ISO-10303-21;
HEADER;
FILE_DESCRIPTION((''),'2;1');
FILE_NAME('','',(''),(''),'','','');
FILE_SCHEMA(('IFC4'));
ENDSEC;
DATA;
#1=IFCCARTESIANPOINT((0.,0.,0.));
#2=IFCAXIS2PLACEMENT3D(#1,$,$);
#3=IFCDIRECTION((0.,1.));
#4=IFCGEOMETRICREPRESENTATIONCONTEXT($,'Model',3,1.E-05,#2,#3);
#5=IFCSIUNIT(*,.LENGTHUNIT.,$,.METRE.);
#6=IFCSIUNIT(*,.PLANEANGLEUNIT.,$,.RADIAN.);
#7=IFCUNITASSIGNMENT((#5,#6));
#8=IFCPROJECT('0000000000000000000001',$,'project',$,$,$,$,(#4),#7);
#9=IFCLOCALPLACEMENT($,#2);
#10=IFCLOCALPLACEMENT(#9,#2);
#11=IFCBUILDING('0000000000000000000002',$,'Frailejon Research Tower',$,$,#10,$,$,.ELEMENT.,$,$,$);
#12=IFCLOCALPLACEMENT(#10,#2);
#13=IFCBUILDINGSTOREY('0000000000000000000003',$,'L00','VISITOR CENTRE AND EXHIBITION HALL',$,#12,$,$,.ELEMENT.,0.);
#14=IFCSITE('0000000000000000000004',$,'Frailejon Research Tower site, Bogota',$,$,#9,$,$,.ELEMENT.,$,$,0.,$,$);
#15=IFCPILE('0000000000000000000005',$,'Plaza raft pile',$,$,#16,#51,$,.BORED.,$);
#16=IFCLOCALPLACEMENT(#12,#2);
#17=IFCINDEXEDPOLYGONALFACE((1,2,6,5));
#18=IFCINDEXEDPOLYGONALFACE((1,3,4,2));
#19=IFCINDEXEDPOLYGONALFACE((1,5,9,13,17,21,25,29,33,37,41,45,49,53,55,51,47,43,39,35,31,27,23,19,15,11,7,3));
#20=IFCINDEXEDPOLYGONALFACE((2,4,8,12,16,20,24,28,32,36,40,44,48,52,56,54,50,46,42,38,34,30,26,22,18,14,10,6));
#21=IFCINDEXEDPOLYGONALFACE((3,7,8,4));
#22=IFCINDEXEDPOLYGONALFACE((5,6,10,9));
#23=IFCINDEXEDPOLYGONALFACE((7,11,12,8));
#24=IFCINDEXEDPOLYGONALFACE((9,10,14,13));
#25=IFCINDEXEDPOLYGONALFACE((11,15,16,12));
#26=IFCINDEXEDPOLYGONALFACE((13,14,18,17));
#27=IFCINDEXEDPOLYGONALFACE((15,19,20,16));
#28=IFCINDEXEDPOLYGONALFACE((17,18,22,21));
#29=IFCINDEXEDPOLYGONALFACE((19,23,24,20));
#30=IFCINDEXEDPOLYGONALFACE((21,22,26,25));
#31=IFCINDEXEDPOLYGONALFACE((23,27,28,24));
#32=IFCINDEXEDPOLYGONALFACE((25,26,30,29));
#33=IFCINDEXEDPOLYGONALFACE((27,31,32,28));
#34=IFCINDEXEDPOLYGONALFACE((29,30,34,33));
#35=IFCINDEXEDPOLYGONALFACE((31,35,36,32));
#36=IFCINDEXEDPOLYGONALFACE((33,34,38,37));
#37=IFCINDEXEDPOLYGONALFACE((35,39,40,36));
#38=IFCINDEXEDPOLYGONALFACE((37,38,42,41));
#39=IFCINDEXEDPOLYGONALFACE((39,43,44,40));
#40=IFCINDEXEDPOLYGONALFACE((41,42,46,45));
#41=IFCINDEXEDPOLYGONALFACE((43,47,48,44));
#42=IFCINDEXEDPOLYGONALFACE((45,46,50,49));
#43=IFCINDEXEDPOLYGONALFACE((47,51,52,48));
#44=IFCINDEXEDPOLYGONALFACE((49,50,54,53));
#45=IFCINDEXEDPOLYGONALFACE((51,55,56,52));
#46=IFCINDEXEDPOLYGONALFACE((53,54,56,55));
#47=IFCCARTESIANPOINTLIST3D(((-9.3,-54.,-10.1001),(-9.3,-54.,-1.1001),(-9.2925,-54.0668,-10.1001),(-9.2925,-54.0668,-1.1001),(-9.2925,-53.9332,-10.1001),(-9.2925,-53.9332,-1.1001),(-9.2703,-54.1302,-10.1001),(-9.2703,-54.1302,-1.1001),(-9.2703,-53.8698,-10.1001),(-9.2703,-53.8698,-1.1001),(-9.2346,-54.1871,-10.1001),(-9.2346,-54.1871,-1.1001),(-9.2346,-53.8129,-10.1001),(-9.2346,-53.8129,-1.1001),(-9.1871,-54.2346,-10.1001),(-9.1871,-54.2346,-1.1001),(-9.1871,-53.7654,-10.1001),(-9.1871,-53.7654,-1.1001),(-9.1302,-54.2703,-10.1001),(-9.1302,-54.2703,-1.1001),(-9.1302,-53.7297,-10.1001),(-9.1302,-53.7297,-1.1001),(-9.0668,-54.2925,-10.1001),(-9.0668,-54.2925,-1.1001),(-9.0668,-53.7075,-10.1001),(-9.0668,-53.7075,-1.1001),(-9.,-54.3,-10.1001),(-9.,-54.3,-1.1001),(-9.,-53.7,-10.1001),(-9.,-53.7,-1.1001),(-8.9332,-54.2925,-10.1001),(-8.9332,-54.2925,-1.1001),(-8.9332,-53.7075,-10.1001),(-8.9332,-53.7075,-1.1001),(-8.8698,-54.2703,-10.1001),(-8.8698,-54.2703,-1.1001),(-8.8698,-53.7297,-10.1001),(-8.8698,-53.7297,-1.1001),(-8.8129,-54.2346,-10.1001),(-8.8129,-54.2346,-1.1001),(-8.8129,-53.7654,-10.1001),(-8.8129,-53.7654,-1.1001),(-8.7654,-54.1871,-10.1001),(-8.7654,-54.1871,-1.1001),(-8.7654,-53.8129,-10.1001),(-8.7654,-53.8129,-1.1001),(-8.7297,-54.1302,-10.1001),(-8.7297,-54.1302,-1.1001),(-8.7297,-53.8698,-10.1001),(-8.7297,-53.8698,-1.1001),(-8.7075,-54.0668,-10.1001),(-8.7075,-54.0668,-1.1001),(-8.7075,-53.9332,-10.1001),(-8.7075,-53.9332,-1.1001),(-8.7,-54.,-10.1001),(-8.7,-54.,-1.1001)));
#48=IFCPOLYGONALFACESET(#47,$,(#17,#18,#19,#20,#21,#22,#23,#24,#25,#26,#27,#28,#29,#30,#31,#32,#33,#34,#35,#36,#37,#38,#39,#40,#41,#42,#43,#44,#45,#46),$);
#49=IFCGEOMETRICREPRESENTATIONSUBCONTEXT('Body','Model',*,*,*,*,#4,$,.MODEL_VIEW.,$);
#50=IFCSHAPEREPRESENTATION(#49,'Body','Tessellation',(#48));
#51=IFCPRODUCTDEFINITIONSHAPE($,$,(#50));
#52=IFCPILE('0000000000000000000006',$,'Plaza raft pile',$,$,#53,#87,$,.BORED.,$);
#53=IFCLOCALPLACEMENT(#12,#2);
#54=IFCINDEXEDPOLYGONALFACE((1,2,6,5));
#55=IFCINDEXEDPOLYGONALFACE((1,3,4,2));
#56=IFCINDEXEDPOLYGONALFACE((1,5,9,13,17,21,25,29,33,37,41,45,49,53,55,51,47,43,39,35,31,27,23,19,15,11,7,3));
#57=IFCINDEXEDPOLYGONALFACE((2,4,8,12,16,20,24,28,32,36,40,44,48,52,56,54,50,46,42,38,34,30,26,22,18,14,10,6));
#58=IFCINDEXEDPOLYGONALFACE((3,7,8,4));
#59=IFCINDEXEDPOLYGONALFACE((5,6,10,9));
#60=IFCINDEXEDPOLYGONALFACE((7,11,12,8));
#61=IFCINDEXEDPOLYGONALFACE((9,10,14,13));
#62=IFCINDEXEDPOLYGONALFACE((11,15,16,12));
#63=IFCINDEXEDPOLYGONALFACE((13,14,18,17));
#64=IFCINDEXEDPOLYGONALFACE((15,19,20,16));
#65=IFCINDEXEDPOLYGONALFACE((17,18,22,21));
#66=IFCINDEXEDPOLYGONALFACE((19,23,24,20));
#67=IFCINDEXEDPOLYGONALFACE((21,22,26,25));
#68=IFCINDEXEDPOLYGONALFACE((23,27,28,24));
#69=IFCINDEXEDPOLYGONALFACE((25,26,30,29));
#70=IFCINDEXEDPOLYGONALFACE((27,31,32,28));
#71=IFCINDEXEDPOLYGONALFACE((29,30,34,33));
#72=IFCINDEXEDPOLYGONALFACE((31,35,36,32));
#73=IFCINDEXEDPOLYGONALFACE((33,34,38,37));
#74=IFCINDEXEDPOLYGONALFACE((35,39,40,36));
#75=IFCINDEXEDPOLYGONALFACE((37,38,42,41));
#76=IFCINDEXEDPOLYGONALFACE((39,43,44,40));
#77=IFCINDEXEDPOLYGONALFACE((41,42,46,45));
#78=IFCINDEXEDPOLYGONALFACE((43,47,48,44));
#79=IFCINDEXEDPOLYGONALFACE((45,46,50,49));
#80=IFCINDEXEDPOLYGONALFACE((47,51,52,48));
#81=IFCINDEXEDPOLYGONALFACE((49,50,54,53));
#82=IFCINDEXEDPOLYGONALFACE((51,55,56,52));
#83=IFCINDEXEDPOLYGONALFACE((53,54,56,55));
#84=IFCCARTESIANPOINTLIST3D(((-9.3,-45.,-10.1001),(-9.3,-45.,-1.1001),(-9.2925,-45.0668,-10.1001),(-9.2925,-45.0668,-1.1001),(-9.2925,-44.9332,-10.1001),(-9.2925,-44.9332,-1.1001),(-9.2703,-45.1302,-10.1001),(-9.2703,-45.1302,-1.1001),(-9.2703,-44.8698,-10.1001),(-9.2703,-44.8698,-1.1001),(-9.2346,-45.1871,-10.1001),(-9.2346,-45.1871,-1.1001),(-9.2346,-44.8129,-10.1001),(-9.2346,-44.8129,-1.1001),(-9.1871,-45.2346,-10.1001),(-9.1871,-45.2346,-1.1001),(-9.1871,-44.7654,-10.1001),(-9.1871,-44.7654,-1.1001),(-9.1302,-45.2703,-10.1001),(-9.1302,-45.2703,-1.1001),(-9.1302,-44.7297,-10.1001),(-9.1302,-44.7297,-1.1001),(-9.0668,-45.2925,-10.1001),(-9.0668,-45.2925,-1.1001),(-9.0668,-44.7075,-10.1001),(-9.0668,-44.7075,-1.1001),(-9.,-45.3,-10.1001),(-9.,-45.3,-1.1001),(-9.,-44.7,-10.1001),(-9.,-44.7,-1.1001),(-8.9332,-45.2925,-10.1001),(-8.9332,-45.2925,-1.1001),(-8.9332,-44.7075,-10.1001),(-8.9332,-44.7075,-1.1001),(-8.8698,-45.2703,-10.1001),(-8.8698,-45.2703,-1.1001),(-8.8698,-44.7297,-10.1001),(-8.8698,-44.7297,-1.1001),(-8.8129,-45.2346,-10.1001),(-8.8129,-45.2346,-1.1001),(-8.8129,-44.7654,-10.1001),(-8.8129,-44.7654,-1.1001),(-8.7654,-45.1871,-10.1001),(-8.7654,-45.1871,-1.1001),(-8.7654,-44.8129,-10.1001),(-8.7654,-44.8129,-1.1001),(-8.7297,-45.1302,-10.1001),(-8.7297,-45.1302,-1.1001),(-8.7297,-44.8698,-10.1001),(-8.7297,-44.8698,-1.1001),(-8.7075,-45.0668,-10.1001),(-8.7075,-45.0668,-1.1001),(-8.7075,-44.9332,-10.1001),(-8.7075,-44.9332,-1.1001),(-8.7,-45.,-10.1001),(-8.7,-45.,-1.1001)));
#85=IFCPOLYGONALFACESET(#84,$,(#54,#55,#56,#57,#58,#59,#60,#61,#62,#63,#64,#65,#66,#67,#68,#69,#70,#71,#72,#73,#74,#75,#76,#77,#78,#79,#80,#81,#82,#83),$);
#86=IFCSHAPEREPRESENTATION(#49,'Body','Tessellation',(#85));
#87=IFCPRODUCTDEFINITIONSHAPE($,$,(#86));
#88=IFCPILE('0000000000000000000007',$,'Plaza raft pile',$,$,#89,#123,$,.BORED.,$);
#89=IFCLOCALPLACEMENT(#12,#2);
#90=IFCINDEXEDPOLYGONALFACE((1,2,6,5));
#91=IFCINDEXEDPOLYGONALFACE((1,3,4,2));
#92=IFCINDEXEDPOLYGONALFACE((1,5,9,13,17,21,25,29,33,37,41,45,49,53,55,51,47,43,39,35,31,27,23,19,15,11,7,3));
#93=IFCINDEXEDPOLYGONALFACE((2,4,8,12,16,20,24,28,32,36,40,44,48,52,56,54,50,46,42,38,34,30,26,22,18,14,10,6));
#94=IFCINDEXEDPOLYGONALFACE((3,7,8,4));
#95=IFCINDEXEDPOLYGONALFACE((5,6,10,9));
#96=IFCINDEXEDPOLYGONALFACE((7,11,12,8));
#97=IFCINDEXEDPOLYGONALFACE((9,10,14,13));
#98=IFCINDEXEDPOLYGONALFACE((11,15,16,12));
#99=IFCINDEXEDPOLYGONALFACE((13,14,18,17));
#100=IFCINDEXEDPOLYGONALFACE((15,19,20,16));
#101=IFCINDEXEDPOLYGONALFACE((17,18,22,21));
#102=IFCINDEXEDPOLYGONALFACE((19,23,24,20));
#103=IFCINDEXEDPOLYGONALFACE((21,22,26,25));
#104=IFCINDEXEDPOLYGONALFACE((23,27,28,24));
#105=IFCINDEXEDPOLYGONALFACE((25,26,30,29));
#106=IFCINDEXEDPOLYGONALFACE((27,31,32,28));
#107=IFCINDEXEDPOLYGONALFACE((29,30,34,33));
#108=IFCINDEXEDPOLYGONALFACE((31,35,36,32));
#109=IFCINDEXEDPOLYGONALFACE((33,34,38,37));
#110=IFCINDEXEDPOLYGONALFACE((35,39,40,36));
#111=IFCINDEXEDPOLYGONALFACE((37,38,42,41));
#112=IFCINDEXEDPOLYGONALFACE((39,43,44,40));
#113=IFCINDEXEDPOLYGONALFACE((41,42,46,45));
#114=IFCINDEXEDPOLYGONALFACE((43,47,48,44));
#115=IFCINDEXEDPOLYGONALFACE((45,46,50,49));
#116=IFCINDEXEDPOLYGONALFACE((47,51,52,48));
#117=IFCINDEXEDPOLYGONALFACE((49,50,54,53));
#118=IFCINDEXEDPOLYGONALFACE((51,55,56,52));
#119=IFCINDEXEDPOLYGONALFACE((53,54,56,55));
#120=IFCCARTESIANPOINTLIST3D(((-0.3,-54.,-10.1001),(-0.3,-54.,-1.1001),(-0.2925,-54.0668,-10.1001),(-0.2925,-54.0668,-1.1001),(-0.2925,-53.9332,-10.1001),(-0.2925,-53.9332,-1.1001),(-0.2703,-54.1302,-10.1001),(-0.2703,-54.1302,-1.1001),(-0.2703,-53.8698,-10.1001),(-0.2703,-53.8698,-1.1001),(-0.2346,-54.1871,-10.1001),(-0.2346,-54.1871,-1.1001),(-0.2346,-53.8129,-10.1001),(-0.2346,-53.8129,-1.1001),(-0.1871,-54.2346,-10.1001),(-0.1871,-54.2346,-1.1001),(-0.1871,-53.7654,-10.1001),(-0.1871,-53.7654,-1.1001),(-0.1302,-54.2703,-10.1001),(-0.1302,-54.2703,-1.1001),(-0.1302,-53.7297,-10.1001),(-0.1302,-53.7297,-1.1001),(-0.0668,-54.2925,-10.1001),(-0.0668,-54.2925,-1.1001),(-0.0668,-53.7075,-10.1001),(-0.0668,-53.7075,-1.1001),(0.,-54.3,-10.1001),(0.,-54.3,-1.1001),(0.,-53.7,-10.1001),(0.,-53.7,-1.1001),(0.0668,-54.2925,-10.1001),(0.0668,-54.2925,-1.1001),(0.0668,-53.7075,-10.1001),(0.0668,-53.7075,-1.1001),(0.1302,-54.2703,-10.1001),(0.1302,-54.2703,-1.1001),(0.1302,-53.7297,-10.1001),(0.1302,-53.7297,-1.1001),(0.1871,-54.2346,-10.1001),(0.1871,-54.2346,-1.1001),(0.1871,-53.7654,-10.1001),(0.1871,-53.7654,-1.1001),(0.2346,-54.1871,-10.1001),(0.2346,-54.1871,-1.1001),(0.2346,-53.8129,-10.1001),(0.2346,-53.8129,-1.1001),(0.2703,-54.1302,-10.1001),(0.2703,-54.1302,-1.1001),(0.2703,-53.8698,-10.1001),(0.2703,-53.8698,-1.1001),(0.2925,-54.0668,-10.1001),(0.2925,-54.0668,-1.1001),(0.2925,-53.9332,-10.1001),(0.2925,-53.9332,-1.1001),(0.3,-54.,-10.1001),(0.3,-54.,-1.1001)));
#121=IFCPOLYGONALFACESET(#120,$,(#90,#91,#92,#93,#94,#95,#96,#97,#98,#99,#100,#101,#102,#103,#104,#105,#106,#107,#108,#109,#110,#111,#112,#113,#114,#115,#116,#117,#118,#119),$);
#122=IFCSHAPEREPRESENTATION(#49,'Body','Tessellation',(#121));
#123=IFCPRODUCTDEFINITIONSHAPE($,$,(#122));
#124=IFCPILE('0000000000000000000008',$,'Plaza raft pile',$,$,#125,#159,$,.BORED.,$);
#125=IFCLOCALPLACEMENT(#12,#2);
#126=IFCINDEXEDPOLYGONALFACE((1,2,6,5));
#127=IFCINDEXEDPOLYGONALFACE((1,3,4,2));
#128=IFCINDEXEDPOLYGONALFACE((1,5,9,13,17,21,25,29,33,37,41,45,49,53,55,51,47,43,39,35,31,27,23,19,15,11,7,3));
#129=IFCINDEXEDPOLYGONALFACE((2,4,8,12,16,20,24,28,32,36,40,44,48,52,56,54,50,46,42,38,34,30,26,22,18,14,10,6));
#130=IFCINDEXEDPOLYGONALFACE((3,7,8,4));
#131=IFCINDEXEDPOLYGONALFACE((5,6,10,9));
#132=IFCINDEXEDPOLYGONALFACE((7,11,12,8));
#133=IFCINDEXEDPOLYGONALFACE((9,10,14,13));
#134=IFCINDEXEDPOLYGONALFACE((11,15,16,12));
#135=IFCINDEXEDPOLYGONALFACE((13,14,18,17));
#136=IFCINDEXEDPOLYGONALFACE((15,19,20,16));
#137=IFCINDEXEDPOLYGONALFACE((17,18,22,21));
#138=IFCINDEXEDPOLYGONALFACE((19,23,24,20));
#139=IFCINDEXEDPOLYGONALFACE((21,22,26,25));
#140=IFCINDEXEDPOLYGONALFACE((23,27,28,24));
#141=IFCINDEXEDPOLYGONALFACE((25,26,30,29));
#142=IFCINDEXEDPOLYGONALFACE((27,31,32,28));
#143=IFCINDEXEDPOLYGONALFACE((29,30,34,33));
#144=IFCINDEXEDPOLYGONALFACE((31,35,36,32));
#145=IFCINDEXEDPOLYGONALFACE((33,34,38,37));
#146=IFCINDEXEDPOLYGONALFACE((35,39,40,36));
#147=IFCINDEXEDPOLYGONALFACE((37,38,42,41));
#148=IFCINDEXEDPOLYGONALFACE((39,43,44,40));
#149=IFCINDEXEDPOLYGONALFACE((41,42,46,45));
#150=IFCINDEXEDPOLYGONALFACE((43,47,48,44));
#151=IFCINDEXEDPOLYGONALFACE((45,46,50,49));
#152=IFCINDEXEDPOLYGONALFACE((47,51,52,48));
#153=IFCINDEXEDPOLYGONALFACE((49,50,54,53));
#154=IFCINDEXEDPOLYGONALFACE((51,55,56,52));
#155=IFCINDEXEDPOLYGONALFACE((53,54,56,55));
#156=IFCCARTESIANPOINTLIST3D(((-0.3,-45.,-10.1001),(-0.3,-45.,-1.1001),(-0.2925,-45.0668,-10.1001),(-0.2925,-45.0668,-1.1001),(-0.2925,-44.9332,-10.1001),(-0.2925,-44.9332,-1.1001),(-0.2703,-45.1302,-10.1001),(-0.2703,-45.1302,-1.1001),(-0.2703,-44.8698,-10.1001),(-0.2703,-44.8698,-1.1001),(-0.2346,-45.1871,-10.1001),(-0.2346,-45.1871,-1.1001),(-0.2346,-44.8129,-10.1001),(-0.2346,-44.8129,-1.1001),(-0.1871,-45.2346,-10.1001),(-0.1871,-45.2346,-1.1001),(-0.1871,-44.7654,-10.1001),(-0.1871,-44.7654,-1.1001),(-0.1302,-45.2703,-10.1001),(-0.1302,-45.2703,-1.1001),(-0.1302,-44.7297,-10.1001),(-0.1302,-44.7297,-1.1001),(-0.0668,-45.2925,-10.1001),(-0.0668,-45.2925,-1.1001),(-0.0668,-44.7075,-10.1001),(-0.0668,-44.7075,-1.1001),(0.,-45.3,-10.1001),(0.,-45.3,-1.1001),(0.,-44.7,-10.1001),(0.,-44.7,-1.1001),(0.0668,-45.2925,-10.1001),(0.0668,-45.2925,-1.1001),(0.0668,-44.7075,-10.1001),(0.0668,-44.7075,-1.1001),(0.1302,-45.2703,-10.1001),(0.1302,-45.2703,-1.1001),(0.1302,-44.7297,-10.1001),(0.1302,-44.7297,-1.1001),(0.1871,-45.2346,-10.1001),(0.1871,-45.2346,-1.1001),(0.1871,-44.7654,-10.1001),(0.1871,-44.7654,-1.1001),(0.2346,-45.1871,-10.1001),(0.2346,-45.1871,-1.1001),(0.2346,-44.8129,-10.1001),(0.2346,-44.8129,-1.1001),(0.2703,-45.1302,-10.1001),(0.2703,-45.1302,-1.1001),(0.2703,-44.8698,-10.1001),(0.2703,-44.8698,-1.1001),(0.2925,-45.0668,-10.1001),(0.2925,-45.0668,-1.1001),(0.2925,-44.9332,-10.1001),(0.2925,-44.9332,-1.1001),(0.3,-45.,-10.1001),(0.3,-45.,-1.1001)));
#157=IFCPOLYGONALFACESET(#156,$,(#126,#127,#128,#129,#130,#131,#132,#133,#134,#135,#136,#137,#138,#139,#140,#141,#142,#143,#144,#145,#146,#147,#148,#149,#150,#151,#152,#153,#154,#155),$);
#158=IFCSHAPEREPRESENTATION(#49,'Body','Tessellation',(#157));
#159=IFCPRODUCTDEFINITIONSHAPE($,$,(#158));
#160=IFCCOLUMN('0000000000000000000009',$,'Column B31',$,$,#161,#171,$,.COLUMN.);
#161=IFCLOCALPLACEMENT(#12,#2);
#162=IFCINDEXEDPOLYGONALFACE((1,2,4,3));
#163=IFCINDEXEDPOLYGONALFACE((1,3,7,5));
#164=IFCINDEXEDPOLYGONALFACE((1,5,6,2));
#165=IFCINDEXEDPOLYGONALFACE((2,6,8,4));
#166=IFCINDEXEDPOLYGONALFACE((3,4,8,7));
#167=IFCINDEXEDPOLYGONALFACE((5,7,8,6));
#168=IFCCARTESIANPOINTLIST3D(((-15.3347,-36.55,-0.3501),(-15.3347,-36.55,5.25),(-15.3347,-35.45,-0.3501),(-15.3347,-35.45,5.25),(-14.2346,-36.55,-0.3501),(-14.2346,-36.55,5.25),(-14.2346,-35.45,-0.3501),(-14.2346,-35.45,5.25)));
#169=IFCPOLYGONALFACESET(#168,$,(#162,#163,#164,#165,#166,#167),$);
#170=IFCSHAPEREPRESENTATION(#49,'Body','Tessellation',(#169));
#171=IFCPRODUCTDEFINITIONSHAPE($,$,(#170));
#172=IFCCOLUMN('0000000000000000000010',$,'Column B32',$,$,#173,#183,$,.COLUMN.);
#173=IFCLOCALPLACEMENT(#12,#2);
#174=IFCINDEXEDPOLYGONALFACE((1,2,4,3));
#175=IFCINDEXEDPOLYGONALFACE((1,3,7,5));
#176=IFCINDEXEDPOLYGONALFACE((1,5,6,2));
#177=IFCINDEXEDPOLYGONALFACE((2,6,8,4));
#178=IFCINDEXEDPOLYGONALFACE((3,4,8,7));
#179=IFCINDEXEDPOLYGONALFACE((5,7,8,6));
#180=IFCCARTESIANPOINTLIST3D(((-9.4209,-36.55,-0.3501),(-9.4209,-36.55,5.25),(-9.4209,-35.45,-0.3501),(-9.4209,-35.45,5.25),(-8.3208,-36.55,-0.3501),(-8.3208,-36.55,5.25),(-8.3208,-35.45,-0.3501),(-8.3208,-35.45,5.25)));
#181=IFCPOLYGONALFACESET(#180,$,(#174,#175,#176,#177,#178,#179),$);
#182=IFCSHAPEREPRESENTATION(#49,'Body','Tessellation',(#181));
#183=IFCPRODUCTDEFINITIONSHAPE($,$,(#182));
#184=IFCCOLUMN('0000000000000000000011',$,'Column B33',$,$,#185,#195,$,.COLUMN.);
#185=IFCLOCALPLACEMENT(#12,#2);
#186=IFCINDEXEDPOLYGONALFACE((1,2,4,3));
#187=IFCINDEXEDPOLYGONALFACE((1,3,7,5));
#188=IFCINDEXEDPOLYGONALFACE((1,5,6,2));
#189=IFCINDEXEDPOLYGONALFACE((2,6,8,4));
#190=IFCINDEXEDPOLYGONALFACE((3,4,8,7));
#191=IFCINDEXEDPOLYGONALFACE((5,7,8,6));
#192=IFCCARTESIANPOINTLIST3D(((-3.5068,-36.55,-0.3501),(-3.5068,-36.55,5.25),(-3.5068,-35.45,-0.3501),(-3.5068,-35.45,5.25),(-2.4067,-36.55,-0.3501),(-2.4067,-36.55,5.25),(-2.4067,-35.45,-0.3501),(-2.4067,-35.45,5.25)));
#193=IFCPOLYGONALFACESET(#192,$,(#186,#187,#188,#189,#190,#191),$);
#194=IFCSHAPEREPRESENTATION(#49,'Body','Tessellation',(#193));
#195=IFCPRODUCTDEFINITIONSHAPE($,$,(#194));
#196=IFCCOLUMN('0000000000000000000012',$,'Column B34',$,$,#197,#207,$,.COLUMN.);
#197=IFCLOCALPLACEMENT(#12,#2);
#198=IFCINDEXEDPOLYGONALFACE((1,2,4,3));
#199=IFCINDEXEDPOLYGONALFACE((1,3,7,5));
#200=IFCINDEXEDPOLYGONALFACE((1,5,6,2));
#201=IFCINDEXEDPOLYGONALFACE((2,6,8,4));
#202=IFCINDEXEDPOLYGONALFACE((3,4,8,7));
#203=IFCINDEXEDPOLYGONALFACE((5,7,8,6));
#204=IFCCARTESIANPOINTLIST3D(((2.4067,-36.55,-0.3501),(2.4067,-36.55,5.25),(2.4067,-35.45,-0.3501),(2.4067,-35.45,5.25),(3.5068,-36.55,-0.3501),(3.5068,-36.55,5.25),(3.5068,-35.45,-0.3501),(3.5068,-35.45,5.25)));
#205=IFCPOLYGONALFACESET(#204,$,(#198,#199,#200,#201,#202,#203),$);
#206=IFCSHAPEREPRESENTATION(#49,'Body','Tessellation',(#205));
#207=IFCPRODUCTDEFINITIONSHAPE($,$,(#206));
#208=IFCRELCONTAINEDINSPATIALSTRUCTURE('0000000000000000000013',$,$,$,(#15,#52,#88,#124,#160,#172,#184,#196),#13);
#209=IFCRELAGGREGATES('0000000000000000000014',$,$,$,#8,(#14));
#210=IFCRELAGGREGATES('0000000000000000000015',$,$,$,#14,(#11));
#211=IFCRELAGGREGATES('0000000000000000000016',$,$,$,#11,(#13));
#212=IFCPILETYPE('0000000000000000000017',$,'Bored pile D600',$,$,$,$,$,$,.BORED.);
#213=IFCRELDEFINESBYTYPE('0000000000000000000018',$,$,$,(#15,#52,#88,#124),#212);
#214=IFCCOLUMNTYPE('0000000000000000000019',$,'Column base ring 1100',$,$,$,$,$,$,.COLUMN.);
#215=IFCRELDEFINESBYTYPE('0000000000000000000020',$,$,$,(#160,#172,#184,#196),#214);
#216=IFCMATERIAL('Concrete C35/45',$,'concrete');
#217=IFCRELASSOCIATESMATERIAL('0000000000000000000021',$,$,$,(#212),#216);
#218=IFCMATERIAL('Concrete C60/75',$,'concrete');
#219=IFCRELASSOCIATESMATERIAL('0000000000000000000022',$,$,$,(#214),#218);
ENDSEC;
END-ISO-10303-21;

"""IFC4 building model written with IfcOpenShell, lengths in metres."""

from ifc_helpers import new_model, si_unit, direction, frame, origin, origin_2d, place, context, subcontext, project, spatial, rectangle, circle, extrude, material, material_profile, profile_set, type_object, element, save


model = new_model("IFC4")

# Units and contexts
model_context = context("Model", 3, precision=1e-05, world=origin(), true_north=direction((0.0, 1.0)))
body_context = subcontext(model_context, "Body", "Model", "MODEL_VIEW")
ifc_project = project(units=[si_unit("LENGTHUNIT", "METRE"), si_unit("PLANEANGLEUNIT", "RADIAN")], contexts=[model_context])

# Site, building, storey
site_placement = place(None, origin())
site = spatial("IfcSite", under=ifc_project, at=site_placement, Name="Frailejon Research Tower site, Bogota", CompositionType="ELEMENT", RefElevation=0.0)
building_placement = place(site_placement, origin())
building = spatial("IfcBuilding", under=site, at=building_placement, Name="Frailejon Research Tower", CompositionType="ELEMENT")
storey_placement = place(building_placement, origin())
storey = spatial("IfcBuildingStorey", under=building, at=storey_placement, Name="L00", Description="VISITOR CENTRE AND EXHIBITION HALL", CompositionType="ELEMENT", Elevation=0.0)

# Piles
ifc_material_1 = material(Name="Concrete C35/45", Category="concrete")
ifc_material_profile_1 = material_profile(ifc_material_1, circle(Radius=0.3, at=origin_2d()), Name="Bored pile D600")
ifc_profile_set_1 = profile_set([ifc_material_profile_1], Name="Concrete C35/45")
pile_type = type_object("IfcPileType", Name="Bored pile D600", PredefinedType="BORED", material=ifc_profile_set_1)
for number, where, z_axis, x_axis, name in (
    (1, (-9.0, -54.0, -1.1001), (0.0, 0.0, -1.0), (1.0, 0.0, 0.0), "Plaza raft pile"),
    (2, (-9.0, -45.0, -1.1001), (0.0, 0.0, -1.0), (1.0, 0.0, 0.0), "Plaza raft pile"),
    (3, (0.0, -54.0, -1.1001), (0.0, 0.0, -1.0), (1.0, 0.0, 0.0), "Plaza raft pile"),
    (4, (0.0, -45.0, -1.1001), (0.0, 0.0, -1.0), (1.0, 0.0, 0.0), "Plaza raft pile"),
):
    element("IfcPile", number, at=place(storey_placement, frame(where, z_axis=z_axis, x_axis=x_axis)), inside=storey, type_object=pile_type, Name=name, PredefinedType="BORED", context=body_context, shape_type="SweptSolid", body=[
        extrude(circle(Radius=0.3, at=origin_2d()), origin(), (0.0, 0.0, 1.0), 9.0),
    ])

# Columns
ifc_material_2 = material(Name="Concrete C60/75", Category="concrete")
ifc_material_profile_2 = material_profile(ifc_material_2, rectangle(XDim=1.1001, YDim=1.1001, at=origin_2d()), Name="Column base ring 1100")
ifc_profile_set_2 = profile_set([ifc_material_profile_2], Name="Concrete C60/75")
column_type = type_object("IfcColumnType", Name="Column base ring 1100", PredefinedType="COLUMN", material=ifc_profile_set_2)
for number, where, z_axis, x_axis, name in (
    (5, (-14.7847, -36.0, -0.3501), (0.0, 0.0, 1.0), (1.0, 0.0, 0.0), "Column B31"),
    (6, (-8.8708, -36.0, -0.3501), (0.0, 0.0, 1.0), (1.0, 0.0, 0.0), "Column B32"),
    (7, (-2.9568, -36.0, -0.3501), (0.0, 0.0, 1.0), (1.0, 0.0, 0.0), "Column B33"),
    (8, (2.9568, -36.0, -0.3501), (0.0, 0.0, 1.0), (1.0, 0.0, 0.0), "Column B34"),
):
    element("IfcColumn", number, at=place(storey_placement, frame(where, z_axis=z_axis, x_axis=x_axis)), inside=storey, type_object=column_type, Name=name, PredefinedType="COLUMN", context=body_context, shape_type="SweptSolid", body=[
        extrude(rectangle(XDim=1.1001, YDim=1.1001, at=origin_2d()), origin(), (0.0, 0.0, 1.0), 5.6001),
    ])

save(model, "model.ifc")
